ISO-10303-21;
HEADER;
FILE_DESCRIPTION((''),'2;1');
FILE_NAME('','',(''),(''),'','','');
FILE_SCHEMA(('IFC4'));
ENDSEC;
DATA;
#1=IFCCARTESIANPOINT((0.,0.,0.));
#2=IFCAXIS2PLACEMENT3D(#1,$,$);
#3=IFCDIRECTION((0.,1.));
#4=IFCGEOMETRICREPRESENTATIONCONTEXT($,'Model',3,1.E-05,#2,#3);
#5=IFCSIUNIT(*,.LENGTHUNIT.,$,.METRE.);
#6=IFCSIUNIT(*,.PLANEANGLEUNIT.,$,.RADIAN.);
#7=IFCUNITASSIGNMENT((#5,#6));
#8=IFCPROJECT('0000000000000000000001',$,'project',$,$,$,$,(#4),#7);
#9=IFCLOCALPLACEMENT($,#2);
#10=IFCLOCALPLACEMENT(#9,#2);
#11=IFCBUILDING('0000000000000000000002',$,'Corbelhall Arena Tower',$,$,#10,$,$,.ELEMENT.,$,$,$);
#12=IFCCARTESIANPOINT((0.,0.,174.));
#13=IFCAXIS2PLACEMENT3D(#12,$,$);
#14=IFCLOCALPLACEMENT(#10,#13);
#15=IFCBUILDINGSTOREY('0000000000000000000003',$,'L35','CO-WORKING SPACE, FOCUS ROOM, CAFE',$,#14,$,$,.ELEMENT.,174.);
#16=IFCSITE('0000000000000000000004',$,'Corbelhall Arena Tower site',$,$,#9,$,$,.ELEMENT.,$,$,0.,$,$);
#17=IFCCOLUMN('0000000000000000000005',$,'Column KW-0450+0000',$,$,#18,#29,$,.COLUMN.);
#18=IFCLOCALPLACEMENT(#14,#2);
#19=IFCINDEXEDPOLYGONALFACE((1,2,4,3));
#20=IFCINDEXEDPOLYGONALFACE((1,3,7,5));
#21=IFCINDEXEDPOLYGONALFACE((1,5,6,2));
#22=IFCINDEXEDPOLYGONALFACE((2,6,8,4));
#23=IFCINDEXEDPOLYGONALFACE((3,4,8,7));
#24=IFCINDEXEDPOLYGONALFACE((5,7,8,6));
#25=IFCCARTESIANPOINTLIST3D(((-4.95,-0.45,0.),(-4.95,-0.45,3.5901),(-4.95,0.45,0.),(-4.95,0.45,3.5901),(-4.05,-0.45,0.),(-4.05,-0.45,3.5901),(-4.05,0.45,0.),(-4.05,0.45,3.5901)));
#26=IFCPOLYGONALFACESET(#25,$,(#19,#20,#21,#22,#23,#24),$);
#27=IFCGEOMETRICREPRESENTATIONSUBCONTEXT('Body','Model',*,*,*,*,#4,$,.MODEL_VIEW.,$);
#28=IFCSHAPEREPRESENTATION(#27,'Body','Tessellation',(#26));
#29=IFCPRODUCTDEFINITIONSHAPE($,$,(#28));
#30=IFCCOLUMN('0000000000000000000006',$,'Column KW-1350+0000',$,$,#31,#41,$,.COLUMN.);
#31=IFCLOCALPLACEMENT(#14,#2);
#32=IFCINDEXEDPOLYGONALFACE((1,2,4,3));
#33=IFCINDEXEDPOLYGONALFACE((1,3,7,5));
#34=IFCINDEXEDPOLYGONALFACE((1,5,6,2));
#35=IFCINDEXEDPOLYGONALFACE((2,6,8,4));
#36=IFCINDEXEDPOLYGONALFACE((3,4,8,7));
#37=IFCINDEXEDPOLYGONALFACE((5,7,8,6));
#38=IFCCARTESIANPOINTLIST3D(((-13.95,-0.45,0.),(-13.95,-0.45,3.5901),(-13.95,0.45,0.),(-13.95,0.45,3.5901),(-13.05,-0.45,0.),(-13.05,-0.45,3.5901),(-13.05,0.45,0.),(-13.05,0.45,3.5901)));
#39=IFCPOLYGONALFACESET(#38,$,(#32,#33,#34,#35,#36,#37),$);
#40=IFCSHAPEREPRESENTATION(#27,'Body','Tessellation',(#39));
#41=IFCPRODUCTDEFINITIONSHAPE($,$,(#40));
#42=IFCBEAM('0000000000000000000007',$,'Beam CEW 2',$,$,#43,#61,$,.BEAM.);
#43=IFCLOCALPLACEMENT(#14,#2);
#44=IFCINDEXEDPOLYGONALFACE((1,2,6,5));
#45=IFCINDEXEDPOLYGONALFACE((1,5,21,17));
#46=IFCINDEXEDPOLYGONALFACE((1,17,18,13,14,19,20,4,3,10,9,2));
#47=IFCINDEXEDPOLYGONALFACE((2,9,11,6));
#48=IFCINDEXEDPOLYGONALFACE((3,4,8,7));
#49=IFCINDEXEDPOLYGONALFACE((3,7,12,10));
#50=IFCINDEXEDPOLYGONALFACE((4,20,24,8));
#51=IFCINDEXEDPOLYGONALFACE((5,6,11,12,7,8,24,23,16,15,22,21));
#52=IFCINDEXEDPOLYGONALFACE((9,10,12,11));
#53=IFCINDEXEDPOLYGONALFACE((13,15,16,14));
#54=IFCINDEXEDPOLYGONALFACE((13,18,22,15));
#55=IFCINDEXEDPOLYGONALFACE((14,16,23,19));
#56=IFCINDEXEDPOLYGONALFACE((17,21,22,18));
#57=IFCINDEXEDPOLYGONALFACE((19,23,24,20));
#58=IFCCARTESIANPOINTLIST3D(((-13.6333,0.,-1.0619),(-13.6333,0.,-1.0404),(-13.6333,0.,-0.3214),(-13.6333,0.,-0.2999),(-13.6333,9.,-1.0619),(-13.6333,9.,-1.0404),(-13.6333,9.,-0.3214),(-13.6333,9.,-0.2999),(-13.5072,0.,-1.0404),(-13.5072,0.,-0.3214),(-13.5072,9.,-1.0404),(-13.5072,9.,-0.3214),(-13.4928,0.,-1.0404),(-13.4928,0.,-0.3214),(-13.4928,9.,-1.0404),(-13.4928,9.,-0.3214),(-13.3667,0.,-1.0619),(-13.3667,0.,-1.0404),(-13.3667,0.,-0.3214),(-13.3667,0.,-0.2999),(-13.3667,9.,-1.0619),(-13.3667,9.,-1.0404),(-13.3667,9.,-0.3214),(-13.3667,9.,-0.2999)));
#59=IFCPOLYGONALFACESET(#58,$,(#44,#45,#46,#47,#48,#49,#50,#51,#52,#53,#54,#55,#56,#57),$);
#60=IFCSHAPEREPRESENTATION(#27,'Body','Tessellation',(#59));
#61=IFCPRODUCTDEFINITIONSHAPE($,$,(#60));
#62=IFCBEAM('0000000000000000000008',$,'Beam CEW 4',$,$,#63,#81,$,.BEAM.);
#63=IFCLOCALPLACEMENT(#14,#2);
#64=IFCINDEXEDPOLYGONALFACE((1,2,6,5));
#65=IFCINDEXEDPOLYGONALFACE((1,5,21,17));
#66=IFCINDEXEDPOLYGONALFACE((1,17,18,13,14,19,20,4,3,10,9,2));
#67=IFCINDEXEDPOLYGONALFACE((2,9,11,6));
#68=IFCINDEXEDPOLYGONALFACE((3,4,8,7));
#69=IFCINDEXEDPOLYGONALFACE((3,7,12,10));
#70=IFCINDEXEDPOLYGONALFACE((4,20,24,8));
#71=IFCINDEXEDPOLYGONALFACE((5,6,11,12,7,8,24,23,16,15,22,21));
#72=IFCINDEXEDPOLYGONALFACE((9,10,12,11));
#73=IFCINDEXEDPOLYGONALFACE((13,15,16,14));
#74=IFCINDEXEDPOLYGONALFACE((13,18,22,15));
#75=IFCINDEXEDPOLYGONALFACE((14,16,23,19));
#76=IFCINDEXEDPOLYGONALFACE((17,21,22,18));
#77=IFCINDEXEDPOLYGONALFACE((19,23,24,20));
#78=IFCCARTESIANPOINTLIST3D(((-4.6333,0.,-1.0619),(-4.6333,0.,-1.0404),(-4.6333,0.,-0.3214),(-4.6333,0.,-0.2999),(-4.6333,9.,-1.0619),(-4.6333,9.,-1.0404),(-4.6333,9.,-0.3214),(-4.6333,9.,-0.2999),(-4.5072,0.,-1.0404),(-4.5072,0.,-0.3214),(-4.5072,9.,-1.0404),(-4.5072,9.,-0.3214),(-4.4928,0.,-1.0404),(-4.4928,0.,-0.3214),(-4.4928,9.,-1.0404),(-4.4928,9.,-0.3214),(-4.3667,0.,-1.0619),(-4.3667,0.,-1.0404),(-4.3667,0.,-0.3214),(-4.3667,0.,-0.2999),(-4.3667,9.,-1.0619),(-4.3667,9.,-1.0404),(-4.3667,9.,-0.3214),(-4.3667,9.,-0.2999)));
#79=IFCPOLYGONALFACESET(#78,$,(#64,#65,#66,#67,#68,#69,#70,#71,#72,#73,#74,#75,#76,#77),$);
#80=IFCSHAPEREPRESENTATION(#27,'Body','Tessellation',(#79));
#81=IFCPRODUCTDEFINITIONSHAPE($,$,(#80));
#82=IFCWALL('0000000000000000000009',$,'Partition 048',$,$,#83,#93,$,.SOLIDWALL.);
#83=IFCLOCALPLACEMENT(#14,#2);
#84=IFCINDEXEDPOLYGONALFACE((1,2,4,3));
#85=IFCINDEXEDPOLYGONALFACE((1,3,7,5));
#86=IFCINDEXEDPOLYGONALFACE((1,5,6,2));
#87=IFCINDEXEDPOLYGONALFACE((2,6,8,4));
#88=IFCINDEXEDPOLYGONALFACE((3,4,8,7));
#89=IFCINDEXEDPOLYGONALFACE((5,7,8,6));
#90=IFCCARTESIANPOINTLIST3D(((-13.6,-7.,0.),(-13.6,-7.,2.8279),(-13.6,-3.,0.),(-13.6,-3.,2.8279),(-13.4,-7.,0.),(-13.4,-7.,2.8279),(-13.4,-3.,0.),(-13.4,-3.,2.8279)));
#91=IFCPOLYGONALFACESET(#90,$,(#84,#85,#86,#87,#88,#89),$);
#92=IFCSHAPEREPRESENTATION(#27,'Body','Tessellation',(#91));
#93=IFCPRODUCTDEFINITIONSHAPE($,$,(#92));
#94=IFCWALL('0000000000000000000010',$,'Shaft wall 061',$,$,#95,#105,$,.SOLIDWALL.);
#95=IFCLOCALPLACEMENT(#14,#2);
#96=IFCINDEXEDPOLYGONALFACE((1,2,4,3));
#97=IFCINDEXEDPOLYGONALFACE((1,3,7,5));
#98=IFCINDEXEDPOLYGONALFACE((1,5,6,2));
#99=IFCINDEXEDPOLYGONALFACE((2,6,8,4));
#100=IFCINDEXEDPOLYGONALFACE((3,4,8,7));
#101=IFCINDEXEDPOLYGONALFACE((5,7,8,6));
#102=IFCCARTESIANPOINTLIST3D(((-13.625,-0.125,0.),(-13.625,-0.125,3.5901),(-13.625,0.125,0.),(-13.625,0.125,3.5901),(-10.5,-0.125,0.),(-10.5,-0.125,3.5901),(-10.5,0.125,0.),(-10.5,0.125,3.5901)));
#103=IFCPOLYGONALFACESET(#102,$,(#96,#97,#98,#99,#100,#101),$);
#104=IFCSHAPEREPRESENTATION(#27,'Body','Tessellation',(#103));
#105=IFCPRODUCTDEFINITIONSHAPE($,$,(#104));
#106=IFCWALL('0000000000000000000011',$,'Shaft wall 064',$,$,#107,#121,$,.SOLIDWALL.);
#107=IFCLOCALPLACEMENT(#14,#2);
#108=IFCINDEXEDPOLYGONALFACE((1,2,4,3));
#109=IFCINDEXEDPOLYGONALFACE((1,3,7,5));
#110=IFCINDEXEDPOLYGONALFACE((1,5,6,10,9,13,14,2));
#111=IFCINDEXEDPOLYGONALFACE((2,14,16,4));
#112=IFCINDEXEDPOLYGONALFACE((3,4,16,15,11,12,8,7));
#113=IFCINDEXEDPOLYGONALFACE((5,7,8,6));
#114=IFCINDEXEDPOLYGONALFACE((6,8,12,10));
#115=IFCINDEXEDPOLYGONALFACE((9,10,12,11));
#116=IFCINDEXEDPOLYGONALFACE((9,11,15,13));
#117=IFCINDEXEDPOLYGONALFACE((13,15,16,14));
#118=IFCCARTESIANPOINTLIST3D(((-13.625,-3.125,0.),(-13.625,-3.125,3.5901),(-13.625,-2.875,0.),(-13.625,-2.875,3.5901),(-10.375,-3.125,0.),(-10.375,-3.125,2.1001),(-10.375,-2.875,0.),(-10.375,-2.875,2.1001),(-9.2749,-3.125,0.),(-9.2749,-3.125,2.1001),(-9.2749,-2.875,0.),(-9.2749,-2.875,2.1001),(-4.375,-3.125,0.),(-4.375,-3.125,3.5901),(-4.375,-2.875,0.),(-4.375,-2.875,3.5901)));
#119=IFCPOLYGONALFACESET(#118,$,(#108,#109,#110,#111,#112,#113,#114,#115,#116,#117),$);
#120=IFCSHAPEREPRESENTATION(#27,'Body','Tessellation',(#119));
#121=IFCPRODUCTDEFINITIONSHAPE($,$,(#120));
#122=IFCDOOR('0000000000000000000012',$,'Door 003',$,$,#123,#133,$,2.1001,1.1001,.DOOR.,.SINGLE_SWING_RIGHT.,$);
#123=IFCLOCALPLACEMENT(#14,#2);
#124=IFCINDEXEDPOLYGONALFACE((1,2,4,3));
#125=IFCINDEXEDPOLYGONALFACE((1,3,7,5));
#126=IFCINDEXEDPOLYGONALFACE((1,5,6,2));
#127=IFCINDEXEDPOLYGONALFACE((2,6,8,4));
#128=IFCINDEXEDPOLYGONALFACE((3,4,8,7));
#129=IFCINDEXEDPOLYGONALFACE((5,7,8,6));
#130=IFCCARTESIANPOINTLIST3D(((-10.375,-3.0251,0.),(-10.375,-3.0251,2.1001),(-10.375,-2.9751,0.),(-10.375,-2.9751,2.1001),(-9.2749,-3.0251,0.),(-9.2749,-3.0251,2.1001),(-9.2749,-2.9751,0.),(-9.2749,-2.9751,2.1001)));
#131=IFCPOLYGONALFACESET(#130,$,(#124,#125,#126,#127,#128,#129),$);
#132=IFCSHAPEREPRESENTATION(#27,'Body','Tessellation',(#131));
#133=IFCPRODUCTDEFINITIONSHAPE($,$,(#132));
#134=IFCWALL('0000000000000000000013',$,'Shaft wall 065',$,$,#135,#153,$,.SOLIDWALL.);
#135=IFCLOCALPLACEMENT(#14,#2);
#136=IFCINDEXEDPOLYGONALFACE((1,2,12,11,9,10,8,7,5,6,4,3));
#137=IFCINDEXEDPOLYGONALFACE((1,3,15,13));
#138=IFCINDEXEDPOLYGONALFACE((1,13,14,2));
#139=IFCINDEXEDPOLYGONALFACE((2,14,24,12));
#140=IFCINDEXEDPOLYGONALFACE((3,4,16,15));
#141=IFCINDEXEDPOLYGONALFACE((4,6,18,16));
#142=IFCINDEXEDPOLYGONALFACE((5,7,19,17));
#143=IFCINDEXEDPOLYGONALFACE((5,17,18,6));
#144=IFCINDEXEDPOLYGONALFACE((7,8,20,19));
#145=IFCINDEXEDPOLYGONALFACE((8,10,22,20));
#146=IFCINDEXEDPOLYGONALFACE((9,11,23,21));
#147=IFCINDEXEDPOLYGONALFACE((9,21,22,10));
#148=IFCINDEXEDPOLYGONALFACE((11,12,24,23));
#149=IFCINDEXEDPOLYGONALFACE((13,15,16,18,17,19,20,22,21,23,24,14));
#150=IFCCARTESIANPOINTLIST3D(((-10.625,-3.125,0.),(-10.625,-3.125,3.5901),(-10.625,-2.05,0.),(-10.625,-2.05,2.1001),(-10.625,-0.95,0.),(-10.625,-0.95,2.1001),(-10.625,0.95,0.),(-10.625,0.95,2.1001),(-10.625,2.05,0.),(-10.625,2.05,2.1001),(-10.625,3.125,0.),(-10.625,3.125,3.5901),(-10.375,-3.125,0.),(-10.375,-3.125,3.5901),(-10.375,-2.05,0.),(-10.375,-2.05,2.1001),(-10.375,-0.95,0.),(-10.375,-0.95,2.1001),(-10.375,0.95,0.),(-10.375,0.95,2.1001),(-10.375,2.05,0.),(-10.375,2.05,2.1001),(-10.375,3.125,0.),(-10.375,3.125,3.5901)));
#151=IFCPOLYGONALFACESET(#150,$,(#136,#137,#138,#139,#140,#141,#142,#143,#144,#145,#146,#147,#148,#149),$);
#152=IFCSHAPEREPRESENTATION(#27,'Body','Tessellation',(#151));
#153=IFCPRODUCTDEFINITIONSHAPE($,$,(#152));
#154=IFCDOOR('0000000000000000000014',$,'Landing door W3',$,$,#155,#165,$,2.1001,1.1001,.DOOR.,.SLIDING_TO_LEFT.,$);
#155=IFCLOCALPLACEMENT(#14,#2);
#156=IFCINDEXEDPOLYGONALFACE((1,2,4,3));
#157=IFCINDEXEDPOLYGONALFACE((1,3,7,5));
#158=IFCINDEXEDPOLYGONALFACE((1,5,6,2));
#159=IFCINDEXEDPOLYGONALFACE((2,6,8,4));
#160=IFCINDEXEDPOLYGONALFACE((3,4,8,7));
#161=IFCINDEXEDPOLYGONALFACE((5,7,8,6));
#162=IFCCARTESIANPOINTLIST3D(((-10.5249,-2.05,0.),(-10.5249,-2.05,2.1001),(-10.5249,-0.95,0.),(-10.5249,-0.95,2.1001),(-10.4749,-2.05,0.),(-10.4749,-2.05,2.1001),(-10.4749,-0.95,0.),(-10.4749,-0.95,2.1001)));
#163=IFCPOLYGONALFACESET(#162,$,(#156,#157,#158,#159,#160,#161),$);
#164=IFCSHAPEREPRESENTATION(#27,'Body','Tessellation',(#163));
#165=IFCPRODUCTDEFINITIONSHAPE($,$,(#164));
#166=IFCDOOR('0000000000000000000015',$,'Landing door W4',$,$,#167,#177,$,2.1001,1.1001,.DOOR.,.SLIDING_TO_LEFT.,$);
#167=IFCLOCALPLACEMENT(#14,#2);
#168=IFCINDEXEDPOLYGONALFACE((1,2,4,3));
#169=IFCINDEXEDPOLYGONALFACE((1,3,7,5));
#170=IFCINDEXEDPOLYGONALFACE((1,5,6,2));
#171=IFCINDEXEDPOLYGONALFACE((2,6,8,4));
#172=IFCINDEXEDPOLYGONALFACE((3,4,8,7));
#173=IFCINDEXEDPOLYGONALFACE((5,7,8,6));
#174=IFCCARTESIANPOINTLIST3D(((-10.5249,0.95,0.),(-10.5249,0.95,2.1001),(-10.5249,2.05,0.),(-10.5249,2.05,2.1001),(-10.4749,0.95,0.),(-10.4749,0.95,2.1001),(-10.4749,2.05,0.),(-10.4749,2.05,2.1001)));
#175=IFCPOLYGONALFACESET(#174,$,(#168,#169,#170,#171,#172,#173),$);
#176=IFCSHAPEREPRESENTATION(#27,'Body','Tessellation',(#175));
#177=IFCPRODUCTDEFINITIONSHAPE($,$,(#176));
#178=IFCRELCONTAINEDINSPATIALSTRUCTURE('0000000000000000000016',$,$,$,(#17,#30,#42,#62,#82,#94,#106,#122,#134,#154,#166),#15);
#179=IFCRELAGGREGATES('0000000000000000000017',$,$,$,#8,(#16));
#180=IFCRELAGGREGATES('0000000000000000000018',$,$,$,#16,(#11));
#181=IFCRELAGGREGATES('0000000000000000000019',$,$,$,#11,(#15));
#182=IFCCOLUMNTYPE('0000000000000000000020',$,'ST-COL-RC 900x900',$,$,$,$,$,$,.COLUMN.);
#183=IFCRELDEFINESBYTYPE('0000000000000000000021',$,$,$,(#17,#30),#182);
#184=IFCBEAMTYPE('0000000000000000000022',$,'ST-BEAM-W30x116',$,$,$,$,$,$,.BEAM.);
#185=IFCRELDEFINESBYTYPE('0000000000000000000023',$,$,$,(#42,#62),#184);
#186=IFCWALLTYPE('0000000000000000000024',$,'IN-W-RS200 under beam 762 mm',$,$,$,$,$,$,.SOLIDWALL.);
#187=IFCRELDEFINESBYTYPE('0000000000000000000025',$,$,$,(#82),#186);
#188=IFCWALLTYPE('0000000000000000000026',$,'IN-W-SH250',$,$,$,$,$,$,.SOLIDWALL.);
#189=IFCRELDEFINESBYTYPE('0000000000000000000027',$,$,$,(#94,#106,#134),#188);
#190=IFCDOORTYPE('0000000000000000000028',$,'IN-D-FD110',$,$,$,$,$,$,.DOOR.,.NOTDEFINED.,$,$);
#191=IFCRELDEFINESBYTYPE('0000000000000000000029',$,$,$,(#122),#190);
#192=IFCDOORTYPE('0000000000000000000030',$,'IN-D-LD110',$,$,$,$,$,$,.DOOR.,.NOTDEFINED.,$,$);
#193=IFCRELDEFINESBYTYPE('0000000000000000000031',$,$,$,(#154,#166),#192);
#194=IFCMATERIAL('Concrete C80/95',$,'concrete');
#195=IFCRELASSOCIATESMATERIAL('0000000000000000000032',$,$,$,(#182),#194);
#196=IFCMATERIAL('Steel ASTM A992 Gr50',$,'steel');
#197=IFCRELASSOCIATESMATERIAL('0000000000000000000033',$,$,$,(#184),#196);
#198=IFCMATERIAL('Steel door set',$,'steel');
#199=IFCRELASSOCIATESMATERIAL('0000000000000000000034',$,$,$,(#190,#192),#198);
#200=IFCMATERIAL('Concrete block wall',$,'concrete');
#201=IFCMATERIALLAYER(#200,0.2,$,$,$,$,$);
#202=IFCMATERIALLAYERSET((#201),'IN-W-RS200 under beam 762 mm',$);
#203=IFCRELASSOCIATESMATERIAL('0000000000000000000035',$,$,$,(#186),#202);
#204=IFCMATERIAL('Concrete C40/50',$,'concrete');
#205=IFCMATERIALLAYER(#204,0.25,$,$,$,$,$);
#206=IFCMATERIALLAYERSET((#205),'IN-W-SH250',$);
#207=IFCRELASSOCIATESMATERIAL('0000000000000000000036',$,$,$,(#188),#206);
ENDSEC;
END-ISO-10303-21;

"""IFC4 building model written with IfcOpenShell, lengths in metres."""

from ifc_helpers import new_model, si_unit, direction, frame, frame_2d, origin, origin_2d, place, context, subcontext, project, spatial, rectangle, i_section, extrude, material, layer, layer_set, material_profile, profile_set, type_object, element, fill, save


model = new_model("IFC4")

# Units and contexts
model_context = context("Model", 3, precision=1e-05, world=origin(), true_north=direction((0.0, 1.0)))
body_context = subcontext(model_context, "Body", "Model", "MODEL_VIEW")
ifc_project = project(units=[si_unit("LENGTHUNIT", "METRE"), si_unit("PLANEANGLEUNIT", "RADIAN")], contexts=[model_context])

# Site, building, storey
site_placement = place(None, origin())
site = spatial("IfcSite", under=ifc_project, at=site_placement, Name="Corbelhall Arena Tower site", CompositionType="ELEMENT", RefElevation=0.0)
building_placement = place(site_placement, origin())
building = spatial("IfcBuilding", under=site, at=building_placement, Name="Corbelhall Arena Tower", CompositionType="ELEMENT")
storey_placement = place(building_placement, frame((0.0, 0.0, 174.0)))
storey = spatial("IfcBuildingStorey", under=building, at=storey_placement, Name="L35", Description="CO-WORKING SPACE, FOCUS ROOM, CAFE", CompositionType="ELEMENT", Elevation=174.0)

# Columns
ifc_material_1 = material(Name="Concrete C80/95", Category="concrete")
ifc_material_profile_1 = material_profile(ifc_material_1, rectangle(XDim=0.8999, YDim=0.8999, at=origin_2d()))
ifc_profile_set_1 = profile_set([ifc_material_profile_1], Name="Concrete C80/95")
column_type = type_object("IfcColumnType", Name="ST-COL-RC 900x900", PredefinedType="COLUMN", material=ifc_profile_set_1)
for number, where, z_axis, x_axis, name in (
    (1, (-4.5, 0.0, 0.0), (0.0, 0.0, 1.0), (1.0, 0.0, 0.0), "Column KW-0450+0000"),
    (2, (-13.5, 0.0, 0.0), (0.0, 0.0, 1.0), (1.0, 0.0, 0.0), "Column KW-1350+0000"),
):
    element("IfcColumn", number, at=place(storey_placement, frame(where, z_axis=z_axis, x_axis=x_axis)), inside=storey, type_object=column_type, Name=name, PredefinedType="COLUMN", context=body_context, shape_type="SweptSolid", body=[
        extrude(rectangle(XDim=0.8999, YDim=0.8999, at=origin_2d()), origin(), (0.0, 0.0, 1.0), 3.5901),
    ])

# Beams
ifc_material_2 = material(Name="Steel ASTM A992 Gr50", Category="steel")
ifc_material_profile_2 = material_profile(ifc_material_2, i_section(OverallWidth=0.2666, OverallDepth=0.762, WebThickness=0.0144, FlangeThickness=0.0215, at=origin_2d()))
ifc_profile_set_2 = profile_set([ifc_material_profile_2], Name="Steel ASTM A992 Gr50")
beam_type = type_object("IfcBeamType", Name="ST-BEAM-W30x116", PredefinedType="BEAM", material=ifc_profile_set_2)
for number, where, z_axis, x_axis, name in (
    (3, (-13.5, 0.0, -0.6809), (0.0, 1.0, 0.0), (-1.0, 0.0, 0.0), "Beam CEW 2"),
    (4, (-4.5, 0.0, -0.6809), (0.0, 1.0, 0.0), (-1.0, 0.0, 0.0), "Beam CEW 4"),
):
    element("IfcBeam", number, at=place(storey_placement, frame(where, z_axis=z_axis, x_axis=x_axis)), inside=storey, type_object=beam_type, Name=name, PredefinedType="BEAM", context=body_context, shape_type="SweptSolid", body=[
        extrude(i_section(OverallWidth=0.2666, OverallDepth=0.762, WebThickness=0.0144, FlangeThickness=0.0215, at=origin_2d()), origin(), (0.0, 0.0, 1.0), 9.0),
    ])

# Shared definitions
ifc_material_3 = material(Name="Concrete block wall", Category="concrete")
ifc_material_4 = material(Name="Steel door set", Category="steel")
door_type_1 = type_object("IfcDoorType", Name="IN-D-FD110", OperationType="NOTDEFINED", PredefinedType="DOOR", material=ifc_material_4)

# Walls
ifc_layer_1 = layer(ifc_material_3, 0.2)
ifc_layer_set_1 = layer_set([ifc_layer_1], Name="IN-W-RS200 under beam 762 mm")
wall_type_1 = type_object("IfcWallType", Name="IN-W-RS200 under beam 762 mm", PredefinedType="SOLIDWALL", material=ifc_layer_set_1)
wall_1_placement = place(storey_placement, frame((-13.5, -7.0, 0.0), z_axis=(0.0, 0.0, 1.0), x_axis=(0.0, 1.0, 0.0)))
element("IfcWall", 5, at=wall_1_placement, inside=storey, type_object=wall_type_1, Name="Partition 048", PredefinedType="SOLIDWALL", context=body_context, shape_type="SweptSolid", body=[
    extrude(rectangle(XDim=4.0, YDim=0.2, at=frame_2d((2.0, 0.0))), origin(), (0.0, 0.0, 1.0), 2.8279),
])
ifc_material_5 = material(Name="Concrete C40/50", Category="concrete")
ifc_layer_2 = layer(ifc_material_5, 0.25)
ifc_layer_set_2 = layer_set([ifc_layer_2], Name="IN-W-SH250")
wall_type_2 = type_object("IfcWallType", Name="IN-W-SH250", PredefinedType="SOLIDWALL", material=ifc_layer_set_2)
wall_2_placement = place(storey_placement, frame((-13.625, 0.0, 0.0), z_axis=(0.0, 0.0, 1.0), x_axis=(1.0, 0.0, 0.0)))
element("IfcWall", 6, at=wall_2_placement, inside=storey, type_object=wall_type_2, Name="Shaft wall 061", PredefinedType="SOLIDWALL", context=body_context, shape_type="SweptSolid", body=[
    extrude(rectangle(XDim=3.125, YDim=0.25, at=frame_2d((1.5625, 0.0))), origin(), (0.0, 0.0, 1.0), 3.5901),
])

# Wall, opening, door
wall_3_placement = place(storey_placement, frame((-13.625, -3.0, 0.0), z_axis=(0.0, 0.0, 1.0), x_axis=(1.0, 0.0, 0.0)))
wall_3 = element("IfcWall", 7, at=wall_3_placement, inside=storey, type_object=wall_type_2, Name="Shaft wall 064", PredefinedType="SOLIDWALL", context=body_context, shape_type="SweptSolid", body=[
    extrude(rectangle(XDim=9.25, YDim=0.25, at=frame_2d((4.625, 0.0))), origin(), (0.0, 0.0, 1.0), 3.5901),
])
opening_1_placement = place(wall_3_placement, frame((3.25, 0.0, 0.0)))
opening_1 = element("IfcOpeningElement", 8, at=opening_1_placement, cuts=wall_3, PredefinedType="OPENING", context=body_context, shape_type="SweptSolid", body=[
    extrude(rectangle(XDim=1.1001, YDim=2.1001, at=frame_2d((0.55, 1.05))), frame((0.0, 0.125, 0.0), z_axis=(0.0, -1.0, 0.0), x_axis=(1.0, 0.0, 0.0)), (0.0, 0.0, 1.0), 0.25),
])
door_1_placement = place(opening_1_placement, origin())
door_1 = element("IfcDoor", 9, at=door_1_placement, inside=storey, type_object=door_type_1, Name="Door 003", OperationType="SINGLE_SWING_RIGHT", OverallHeight=2.1001, OverallWidth=1.1001, PredefinedType="DOOR", context=body_context, shape_type="SweptSolid", body=[
    extrude(rectangle(XDim=1.1001, YDim=2.1001, at=frame_2d((0.55, 1.05))), frame((0.0, 0.0249, 0.0), z_axis=(0.0, -1.0, 0.0), x_axis=(1.0, 0.0, 0.0)), (0.0, 0.0, 1.0), 0.05),
])
fill(opening_1, door_1)

# Wall, openings, doors
wall_4_placement = place(storey_placement, frame((-10.5, -3.125, 0.0), z_axis=(0.0, 0.0, 1.0), x_axis=(0.0, 1.0, 0.0)))
wall_4 = element("IfcWall", 10, at=wall_4_placement, inside=storey, type_object=wall_type_2, Name="Shaft wall 065", PredefinedType="SOLIDWALL", context=body_context, shape_type="SweptSolid", body=[
    extrude(rectangle(XDim=6.25, YDim=0.25, at=frame_2d((3.125, 0.0))), origin(), (0.0, 0.0, 1.0), 3.5901),
])
opening_2_placement = place(wall_4_placement, frame((1.075, 0.0, 0.0)))
opening_2 = element("IfcOpeningElement", 11, at=opening_2_placement, cuts=wall_4, PredefinedType="OPENING", context=body_context, shape_type="SweptSolid", body=[
    extrude(rectangle(XDim=1.1001, YDim=2.1001, at=frame_2d((0.55, 1.05))), frame((0.0, 0.125, 0.0), z_axis=(0.0, -1.0, 0.0), x_axis=(1.0, 0.0, 0.0)), (0.0, 0.0, 1.0), 0.25),
])
opening_3_placement = place(wall_4_placement, frame((4.075, 0.0, 0.0)))
opening_3 = element("IfcOpeningElement", 12, at=opening_3_placement, cuts=wall_4, PredefinedType="OPENING", context=body_context, shape_type="SweptSolid", body=[
    extrude(rectangle(XDim=1.1001, YDim=2.1001, at=frame_2d((0.55, 1.05))), frame((0.0, 0.125, 0.0), z_axis=(0.0, -1.0, 0.0), x_axis=(1.0, 0.0, 0.0)), (0.0, 0.0, 1.0), 0.25),
])
door_type_2 = type_object("IfcDoorType", Name="IN-D-LD110", OperationType="NOTDEFINED", PredefinedType="DOOR", material=ifc_material_4)
door_2_placement = place(opening_2_placement, origin())
door_2 = element("IfcDoor", 13, at=door_2_placement, inside=storey, type_object=door_type_2, Name="Landing door W3", OperationType="SLIDING_TO_LEFT", OverallHeight=2.1001, OverallWidth=1.1001, PredefinedType="DOOR", context=body_context, shape_type="SweptSolid", body=[
    extrude(rectangle(XDim=1.1001, YDim=2.1001, at=frame_2d((0.55, 1.05))), frame((0.0, 0.0249, 0.0), z_axis=(0.0, -1.0, 0.0), x_axis=(1.0, 0.0, 0.0)), (0.0, 0.0, 1.0), 0.05),
])
fill(opening_2, door_2)
door_3_placement = place(opening_3_placement, origin())
door_3 = element("IfcDoor", 14, at=door_3_placement, inside=storey, type_object=door_type_2, Name="Landing door W4", OperationType="SLIDING_TO_LEFT", OverallHeight=2.1001, OverallWidth=1.1001, PredefinedType="DOOR", context=body_context, shape_type="SweptSolid", body=[
    extrude(rectangle(XDim=1.1001, YDim=2.1001, at=frame_2d((0.55, 1.05))), frame((0.0, 0.0249, 0.0), z_axis=(0.0, -1.0, 0.0), x_axis=(1.0, 0.0, 0.0)), (0.0, 0.0, 1.0), 0.05),
])
fill(opening_3, door_3)

save(model, "model.ifc")
